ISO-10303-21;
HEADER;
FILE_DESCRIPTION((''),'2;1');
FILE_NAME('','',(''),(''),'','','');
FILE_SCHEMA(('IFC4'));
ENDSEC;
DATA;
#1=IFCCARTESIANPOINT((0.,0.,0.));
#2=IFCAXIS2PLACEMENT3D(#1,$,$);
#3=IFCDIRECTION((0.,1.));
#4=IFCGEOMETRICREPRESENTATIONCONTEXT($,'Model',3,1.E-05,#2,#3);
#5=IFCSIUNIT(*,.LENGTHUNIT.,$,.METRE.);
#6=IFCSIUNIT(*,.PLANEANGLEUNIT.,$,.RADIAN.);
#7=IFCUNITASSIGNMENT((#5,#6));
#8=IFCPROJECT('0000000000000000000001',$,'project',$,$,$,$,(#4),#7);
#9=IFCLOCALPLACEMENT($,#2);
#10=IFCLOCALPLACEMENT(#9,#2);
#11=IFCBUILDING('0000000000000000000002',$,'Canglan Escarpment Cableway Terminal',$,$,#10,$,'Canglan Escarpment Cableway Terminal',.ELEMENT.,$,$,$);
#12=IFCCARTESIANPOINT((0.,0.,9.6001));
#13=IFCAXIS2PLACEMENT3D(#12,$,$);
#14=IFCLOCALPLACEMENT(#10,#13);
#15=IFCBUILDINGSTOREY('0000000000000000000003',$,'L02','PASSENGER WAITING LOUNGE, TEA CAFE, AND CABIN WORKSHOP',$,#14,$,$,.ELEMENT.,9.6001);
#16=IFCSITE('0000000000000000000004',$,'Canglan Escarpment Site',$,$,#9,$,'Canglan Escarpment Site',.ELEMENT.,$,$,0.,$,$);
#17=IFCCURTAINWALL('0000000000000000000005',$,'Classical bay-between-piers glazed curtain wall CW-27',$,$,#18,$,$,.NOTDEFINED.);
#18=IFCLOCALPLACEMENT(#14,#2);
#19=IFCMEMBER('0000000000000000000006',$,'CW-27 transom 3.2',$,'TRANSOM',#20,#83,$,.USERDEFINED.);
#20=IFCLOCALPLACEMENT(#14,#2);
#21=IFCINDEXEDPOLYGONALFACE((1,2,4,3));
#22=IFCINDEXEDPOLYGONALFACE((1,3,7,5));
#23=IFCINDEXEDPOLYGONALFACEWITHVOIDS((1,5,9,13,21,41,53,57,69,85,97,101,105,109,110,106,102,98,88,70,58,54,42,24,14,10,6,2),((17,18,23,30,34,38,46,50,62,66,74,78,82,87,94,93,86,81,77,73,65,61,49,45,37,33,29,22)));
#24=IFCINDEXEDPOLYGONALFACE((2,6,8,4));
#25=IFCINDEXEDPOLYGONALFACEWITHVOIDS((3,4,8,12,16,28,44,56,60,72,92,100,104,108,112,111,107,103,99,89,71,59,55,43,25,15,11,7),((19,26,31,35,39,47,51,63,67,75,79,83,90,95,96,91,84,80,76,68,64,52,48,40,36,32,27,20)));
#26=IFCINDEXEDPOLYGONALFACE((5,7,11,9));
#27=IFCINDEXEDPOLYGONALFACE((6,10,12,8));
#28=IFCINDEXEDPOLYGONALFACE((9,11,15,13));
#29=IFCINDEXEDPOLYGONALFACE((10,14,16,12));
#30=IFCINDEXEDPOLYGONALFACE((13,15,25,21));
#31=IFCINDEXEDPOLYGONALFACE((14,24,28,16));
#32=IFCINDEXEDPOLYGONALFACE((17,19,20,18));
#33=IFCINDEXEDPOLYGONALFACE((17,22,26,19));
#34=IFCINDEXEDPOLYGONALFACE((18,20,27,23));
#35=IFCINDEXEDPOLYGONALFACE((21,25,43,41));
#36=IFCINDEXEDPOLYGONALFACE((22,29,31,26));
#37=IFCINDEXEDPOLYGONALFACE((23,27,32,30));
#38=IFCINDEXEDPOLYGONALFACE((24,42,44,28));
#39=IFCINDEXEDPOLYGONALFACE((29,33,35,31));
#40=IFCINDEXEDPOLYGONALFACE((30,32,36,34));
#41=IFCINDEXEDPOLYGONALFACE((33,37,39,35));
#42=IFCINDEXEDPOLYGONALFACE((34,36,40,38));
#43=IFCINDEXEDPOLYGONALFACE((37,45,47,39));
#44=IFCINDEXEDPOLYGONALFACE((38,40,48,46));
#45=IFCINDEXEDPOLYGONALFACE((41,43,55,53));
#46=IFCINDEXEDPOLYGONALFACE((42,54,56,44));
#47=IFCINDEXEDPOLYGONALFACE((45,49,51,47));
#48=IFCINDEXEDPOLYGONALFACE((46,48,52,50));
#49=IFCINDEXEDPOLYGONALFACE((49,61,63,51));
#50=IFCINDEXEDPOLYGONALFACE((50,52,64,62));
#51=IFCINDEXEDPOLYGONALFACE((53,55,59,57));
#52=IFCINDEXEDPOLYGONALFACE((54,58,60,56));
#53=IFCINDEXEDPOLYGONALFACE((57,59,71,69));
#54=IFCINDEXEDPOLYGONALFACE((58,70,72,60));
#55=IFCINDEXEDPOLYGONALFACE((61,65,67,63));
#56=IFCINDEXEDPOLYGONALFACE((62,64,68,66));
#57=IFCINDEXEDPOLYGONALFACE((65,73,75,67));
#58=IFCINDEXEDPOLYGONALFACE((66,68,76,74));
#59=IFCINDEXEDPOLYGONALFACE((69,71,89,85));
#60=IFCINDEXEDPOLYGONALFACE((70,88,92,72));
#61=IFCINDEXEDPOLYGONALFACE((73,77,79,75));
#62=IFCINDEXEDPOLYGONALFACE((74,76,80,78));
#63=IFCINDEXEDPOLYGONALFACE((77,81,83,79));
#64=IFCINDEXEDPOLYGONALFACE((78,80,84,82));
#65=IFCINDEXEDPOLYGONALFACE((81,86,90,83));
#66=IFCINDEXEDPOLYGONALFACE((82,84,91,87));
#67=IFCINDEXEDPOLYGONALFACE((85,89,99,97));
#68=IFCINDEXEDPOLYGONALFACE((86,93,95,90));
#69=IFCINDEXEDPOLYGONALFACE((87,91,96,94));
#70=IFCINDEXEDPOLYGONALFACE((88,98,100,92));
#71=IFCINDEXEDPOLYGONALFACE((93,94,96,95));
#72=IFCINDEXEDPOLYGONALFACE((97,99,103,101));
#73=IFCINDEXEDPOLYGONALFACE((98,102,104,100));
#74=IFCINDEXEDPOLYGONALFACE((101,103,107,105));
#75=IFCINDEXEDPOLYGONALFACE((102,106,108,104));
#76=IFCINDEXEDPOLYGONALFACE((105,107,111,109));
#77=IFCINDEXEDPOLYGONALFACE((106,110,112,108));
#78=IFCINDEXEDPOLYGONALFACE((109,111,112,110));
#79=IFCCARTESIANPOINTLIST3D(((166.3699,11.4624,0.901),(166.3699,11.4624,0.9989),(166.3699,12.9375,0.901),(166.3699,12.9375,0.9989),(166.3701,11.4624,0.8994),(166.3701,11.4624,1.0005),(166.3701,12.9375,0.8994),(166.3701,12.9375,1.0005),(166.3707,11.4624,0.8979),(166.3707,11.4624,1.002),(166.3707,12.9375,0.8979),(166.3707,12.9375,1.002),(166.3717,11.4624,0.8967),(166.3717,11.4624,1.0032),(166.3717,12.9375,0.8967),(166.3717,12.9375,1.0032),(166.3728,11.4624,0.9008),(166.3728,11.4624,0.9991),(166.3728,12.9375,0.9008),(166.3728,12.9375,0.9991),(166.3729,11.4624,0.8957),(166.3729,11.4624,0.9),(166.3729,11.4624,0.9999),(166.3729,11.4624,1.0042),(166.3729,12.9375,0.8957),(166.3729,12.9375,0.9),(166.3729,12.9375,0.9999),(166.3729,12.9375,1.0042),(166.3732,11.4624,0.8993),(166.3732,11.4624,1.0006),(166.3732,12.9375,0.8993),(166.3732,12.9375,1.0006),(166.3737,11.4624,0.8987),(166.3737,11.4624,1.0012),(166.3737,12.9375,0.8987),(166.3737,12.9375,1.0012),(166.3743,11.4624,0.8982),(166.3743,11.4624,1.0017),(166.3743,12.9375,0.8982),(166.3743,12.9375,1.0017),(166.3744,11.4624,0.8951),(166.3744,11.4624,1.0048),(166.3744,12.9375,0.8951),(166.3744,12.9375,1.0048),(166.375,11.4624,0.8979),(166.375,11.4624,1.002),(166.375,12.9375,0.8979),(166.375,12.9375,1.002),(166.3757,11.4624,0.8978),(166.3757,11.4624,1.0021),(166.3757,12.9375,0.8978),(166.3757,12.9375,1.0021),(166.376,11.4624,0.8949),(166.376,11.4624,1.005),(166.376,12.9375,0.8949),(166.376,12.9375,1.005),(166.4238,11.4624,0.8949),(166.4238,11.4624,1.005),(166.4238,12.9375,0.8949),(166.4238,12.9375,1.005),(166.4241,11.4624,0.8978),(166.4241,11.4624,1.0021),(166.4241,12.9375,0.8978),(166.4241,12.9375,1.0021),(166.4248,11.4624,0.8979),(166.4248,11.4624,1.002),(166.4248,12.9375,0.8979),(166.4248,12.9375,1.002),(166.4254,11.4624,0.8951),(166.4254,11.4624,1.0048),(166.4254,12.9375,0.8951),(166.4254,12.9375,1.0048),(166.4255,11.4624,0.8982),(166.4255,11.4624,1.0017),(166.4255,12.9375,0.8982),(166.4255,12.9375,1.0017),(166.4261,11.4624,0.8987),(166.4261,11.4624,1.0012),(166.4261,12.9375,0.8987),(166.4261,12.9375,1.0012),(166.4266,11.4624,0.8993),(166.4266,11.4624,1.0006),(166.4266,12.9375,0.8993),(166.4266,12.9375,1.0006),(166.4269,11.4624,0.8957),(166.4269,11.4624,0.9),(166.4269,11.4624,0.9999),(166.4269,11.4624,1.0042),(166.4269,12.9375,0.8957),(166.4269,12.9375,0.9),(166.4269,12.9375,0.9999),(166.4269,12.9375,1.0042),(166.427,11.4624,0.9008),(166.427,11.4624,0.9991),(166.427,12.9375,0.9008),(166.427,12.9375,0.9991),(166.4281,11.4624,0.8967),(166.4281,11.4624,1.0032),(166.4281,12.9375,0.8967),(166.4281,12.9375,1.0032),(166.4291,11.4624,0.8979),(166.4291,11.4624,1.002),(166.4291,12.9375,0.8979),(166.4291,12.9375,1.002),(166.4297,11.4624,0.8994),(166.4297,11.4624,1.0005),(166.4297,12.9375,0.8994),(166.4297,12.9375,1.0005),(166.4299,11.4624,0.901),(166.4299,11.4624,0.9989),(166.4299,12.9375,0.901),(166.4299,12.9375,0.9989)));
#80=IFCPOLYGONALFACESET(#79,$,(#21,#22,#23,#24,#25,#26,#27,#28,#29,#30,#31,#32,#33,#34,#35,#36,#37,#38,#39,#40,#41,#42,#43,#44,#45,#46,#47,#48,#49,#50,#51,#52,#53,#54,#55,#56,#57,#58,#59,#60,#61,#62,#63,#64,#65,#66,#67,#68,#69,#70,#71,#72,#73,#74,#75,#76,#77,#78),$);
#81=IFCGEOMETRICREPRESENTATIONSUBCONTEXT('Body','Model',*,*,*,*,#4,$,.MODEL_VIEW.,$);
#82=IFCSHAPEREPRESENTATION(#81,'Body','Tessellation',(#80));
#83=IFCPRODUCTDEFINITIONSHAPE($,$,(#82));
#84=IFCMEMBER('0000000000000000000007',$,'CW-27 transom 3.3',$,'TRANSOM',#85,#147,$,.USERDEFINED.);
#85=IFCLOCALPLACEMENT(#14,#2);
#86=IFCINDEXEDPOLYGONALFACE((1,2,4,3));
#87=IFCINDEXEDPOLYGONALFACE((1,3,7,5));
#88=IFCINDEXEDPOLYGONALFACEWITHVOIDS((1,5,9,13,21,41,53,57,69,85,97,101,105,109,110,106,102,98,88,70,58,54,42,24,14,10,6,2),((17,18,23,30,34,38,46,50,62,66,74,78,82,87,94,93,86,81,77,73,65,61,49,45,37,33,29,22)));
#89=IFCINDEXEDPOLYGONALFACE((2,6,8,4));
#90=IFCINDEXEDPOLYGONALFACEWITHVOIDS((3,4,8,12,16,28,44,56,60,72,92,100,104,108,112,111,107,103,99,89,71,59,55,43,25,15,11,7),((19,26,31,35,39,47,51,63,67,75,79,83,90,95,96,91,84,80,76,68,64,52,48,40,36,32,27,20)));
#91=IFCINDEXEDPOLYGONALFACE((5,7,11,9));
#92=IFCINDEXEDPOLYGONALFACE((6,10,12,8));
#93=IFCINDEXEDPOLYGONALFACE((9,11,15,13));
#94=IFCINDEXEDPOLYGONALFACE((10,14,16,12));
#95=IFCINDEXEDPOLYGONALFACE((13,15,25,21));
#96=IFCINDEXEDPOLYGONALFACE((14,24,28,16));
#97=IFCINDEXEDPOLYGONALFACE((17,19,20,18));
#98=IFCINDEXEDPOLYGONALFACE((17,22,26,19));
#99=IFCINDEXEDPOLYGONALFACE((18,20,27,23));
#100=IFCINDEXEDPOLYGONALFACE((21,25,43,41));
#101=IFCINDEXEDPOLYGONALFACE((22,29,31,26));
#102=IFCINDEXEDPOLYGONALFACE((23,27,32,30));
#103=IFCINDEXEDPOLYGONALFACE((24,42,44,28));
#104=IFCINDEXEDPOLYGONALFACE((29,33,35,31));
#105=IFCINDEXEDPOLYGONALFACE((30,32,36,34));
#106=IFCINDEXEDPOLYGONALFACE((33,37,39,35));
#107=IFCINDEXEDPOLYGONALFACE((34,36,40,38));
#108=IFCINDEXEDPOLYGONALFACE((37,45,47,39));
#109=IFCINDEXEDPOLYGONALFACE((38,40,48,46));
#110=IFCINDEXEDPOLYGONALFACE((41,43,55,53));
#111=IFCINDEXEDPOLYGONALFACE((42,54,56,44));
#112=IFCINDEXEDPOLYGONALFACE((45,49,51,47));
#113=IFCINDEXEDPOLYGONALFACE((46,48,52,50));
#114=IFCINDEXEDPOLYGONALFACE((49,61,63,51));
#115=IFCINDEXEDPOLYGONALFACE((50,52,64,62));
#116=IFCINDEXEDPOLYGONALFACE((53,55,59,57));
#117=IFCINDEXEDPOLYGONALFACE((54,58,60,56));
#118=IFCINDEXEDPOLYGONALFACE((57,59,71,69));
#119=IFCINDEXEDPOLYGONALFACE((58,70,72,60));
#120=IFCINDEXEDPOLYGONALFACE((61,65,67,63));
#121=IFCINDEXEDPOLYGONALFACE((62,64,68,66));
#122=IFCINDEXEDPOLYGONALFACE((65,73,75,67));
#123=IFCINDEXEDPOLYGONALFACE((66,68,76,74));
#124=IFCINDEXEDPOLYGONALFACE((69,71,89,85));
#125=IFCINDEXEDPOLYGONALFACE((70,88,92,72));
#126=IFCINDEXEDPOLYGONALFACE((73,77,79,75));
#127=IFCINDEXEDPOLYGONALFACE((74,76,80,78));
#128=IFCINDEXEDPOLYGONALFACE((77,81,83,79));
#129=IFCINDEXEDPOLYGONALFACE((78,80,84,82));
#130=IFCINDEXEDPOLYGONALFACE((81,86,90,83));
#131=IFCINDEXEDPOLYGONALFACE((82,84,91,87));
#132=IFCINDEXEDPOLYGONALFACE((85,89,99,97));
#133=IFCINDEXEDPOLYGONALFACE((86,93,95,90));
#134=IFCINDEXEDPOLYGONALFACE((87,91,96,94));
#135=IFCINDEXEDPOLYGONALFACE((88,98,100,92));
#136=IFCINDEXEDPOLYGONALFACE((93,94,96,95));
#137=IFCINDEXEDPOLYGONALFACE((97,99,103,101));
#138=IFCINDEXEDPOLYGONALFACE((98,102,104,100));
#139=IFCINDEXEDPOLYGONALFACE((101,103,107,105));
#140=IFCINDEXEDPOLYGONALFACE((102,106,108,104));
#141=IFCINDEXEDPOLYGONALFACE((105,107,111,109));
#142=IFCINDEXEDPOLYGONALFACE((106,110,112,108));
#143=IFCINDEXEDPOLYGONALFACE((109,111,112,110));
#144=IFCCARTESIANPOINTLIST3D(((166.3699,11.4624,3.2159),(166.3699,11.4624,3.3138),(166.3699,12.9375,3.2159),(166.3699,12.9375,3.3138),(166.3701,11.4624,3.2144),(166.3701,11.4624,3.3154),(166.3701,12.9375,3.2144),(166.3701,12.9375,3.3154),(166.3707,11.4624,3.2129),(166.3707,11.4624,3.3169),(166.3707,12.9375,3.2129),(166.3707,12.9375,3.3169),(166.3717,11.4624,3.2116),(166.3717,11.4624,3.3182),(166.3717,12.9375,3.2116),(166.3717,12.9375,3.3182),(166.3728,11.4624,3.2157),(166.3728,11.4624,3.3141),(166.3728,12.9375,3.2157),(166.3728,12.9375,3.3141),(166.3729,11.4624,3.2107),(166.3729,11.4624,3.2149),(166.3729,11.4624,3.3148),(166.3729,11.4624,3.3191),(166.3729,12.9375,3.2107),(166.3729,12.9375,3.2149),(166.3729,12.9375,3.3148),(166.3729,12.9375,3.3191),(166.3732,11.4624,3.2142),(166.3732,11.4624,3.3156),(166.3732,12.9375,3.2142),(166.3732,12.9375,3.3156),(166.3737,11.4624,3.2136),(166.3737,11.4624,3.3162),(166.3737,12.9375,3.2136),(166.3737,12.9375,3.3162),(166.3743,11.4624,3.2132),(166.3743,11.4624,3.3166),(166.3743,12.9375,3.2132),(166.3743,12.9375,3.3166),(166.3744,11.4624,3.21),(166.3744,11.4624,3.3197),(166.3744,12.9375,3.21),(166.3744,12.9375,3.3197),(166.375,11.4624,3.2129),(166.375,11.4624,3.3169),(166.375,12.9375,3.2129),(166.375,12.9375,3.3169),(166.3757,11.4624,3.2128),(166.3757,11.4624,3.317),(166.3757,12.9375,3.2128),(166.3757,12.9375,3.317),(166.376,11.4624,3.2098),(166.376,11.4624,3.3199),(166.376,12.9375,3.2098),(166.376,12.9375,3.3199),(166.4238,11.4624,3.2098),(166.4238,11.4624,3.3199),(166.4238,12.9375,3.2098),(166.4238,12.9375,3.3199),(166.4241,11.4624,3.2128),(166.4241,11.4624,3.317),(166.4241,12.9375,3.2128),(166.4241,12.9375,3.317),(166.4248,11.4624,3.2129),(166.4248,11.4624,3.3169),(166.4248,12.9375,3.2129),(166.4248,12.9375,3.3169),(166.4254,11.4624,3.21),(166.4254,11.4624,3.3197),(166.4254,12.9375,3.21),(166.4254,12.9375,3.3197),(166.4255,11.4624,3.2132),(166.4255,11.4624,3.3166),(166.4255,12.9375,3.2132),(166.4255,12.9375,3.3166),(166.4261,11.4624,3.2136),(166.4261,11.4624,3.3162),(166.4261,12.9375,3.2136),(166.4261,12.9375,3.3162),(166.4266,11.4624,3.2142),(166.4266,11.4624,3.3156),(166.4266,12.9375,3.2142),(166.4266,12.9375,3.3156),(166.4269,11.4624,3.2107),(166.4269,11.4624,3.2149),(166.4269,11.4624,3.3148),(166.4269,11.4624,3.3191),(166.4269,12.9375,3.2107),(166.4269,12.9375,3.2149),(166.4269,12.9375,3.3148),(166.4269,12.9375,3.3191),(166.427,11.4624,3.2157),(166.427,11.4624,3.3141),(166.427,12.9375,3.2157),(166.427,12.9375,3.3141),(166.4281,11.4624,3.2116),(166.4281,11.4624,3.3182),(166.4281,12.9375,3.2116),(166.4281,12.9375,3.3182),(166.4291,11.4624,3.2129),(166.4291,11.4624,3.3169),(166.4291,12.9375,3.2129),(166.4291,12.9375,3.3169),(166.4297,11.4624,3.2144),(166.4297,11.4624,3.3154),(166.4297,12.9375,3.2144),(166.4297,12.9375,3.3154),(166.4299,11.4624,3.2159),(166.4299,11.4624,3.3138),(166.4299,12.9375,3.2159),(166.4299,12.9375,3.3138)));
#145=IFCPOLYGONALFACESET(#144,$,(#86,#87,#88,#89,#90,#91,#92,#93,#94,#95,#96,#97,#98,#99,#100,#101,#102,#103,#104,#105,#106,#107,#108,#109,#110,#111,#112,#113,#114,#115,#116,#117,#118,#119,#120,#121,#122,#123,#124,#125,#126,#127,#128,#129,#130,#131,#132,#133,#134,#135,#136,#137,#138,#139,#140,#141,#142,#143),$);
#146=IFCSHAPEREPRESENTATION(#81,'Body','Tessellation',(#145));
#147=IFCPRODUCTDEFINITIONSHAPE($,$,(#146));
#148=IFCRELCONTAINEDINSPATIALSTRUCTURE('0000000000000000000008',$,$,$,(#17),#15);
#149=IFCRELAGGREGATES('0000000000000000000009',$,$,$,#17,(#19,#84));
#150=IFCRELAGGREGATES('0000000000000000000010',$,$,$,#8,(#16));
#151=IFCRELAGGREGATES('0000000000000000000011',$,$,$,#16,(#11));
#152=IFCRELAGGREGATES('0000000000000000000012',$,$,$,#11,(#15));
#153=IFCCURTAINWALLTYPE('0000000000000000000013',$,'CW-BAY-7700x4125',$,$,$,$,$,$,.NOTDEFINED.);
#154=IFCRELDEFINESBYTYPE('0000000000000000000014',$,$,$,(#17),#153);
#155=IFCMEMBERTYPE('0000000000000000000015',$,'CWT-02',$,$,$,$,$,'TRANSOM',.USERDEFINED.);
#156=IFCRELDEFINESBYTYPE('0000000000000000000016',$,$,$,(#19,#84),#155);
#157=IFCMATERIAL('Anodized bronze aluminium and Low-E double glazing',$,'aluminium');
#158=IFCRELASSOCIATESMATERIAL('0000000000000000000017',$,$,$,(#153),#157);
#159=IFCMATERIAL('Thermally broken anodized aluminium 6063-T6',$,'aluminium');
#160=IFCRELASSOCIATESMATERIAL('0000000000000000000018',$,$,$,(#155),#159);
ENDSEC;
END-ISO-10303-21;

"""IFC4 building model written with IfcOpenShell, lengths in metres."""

from ifc_helpers import new_model, si_unit, direction, frame, origin, origin_2d, place, context, subcontext, project, spatial, hollow_rectangle, extrude, material, material_profile, profile_set, type_object, element, aggregate, save


model = new_model("IFC4")

# Units and contexts
model_context = context("Model", 3, precision=1e-05, world=origin(), true_north=direction((0.0, 1.0)))
body_context = subcontext(model_context, "Body", "Model", "MODEL_VIEW")
ifc_project = project(units=[si_unit("LENGTHUNIT", "METRE"), si_unit("PLANEANGLEUNIT", "RADIAN")], contexts=[model_context])

# Site, building, storey
site_placement = place(None, origin())
site = spatial("IfcSite", under=ifc_project, at=site_placement, Name="Canglan Escarpment Site", LongName="Canglan Escarpment Site", CompositionType="ELEMENT", RefElevation=0.0)
building_placement = place(site_placement, origin())
building = spatial("IfcBuilding", under=site, at=building_placement, Name="Canglan Escarpment Cableway Terminal", LongName="Canglan Escarpment Cableway Terminal", CompositionType="ELEMENT")
storey_placement = place(building_placement, frame((0.0, 0.0, 9.6001)))
storey = spatial("IfcBuildingStorey", under=building, at=storey_placement, Name="L02", Description="PASSENGER WAITING LOUNGE, TEA CAFE, AND CABIN WORKSHOP", CompositionType="ELEMENT", Elevation=9.6001)

# Curtain wall, members
ifc_material_1 = material(Name="Anodized bronze aluminium and Low-E double glazing", Category="aluminium")
curtain_wall_type = type_object("IfcCurtainWallType", Name="CW-BAY-7700x4125", PredefinedType="NOTDEFINED", material=ifc_material_1)
curtain_wall_placement = place(storey_placement, origin())
curtain_wall = element("IfcCurtainWall", 1, at=curtain_wall_placement, inside=storey, type_object=curtain_wall_type, Name="Classical bay-between-piers glazed curtain wall CW-27", PredefinedType="NOTDEFINED")
ifc_material_2 = material(Name="Thermally broken anodized aluminium 6063-T6", Category="aluminium")
ifc_material_profile_1 = material_profile(ifc_material_2, hollow_rectangle(XDim=0.0601, YDim=0.1101, WallThickness=0.0029, InnerFilletRadius=0.0029, OuterFilletRadius=0.0061, at=origin_2d()), Name="ALU-TRAN 60x110x3")
ifc_profile_set_1 = profile_set([ifc_material_profile_1], Name="Thermally broken anodized aluminium 6063-T6")
member_type_1 = type_object("IfcMemberType", Name="CWT-02", ElementType="TRANSOM", PredefinedType="USERDEFINED", material=ifc_profile_set_1)
member_1_placement = place(storey_placement, frame((166.3999, 11.4624, 0.95), z_axis=(0.0, 1.0, 0.0), x_axis=(-1.0, 0.0, 0.0)))
member_1 = element("IfcMember", 2, at=member_1_placement, type_object=member_type_1, Name="CW-27 transom 3.2", ObjectType="TRANSOM", PredefinedType="USERDEFINED", context=body_context, shape_type="SweptSolid", body=[
    extrude(hollow_rectangle(XDim=0.0601, YDim=0.1101, WallThickness=0.0029, InnerFilletRadius=0.0029, OuterFilletRadius=0.0061, at=origin_2d()), origin(), (0.0, 0.0, 1.0), 1.4751),
])
member_2_placement = place(storey_placement, frame((166.3999, 11.4624, 3.2649), z_axis=(0.0, 1.0, 0.0), x_axis=(-1.0, 0.0, 0.0)))
member_2 = element("IfcMember", 3, at=member_2_placement, type_object=member_type_1, Name="CW-27 transom 3.3", ObjectType="TRANSOM", PredefinedType="USERDEFINED", context=body_context, shape_type="SweptSolid", body=[
    extrude(hollow_rectangle(XDim=0.0601, YDim=0.1101, WallThickness=0.0029, InnerFilletRadius=0.0029, OuterFilletRadius=0.0061, at=origin_2d()), origin(), (0.0, 0.0, 1.0), 1.4751),
])

aggregate(curtain_wall, [member_1, member_2])

save(model, "model.ifc")
